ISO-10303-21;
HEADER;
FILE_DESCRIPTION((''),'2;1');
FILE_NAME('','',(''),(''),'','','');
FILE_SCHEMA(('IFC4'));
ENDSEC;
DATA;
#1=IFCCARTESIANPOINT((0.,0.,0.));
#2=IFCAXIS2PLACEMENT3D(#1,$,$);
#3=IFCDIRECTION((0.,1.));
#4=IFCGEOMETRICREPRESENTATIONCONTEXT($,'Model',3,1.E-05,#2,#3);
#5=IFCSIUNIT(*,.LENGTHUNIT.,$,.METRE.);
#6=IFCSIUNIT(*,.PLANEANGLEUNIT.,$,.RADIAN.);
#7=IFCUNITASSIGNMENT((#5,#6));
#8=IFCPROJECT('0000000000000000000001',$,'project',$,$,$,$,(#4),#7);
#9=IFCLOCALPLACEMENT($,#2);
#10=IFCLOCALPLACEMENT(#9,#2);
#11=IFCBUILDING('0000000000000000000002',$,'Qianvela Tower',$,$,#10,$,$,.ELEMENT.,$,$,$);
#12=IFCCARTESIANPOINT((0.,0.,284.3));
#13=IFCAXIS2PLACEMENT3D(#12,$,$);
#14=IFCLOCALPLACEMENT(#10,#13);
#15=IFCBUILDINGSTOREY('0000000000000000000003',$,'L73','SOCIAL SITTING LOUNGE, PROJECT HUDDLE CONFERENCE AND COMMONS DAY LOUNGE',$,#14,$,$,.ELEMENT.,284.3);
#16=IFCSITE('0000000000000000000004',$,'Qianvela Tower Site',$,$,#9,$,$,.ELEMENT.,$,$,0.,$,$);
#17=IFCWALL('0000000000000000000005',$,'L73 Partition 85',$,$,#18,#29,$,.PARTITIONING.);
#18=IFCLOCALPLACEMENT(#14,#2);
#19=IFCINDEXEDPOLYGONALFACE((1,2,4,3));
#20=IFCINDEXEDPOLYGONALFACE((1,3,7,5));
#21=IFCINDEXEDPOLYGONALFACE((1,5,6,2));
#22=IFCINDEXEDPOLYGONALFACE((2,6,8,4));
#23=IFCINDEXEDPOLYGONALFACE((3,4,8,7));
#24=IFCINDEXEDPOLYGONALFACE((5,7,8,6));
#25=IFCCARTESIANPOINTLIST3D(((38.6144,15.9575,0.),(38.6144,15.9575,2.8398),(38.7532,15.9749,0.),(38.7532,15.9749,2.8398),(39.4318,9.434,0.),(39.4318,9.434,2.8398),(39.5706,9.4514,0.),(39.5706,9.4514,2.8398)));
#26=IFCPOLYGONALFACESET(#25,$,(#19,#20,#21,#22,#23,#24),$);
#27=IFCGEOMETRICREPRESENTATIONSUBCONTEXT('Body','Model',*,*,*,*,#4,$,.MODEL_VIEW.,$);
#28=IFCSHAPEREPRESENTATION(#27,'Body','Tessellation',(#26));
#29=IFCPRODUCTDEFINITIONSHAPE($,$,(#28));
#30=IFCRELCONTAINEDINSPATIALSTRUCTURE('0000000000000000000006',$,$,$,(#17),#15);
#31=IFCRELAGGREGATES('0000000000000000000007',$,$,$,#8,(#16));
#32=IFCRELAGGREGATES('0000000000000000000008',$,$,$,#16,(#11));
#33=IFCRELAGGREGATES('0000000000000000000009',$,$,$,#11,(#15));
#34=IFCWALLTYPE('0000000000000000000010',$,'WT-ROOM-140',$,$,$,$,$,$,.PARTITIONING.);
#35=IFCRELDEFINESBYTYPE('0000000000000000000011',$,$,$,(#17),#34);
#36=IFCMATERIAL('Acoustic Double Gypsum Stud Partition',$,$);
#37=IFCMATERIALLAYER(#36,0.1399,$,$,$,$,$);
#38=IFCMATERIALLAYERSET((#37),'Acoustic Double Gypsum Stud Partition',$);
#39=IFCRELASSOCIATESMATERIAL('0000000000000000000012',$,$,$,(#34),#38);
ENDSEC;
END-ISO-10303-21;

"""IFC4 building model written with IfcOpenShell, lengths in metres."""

from ifc_helpers import new_model, si_unit, direction, frame, frame_2d, origin, place, context, subcontext, project, spatial, rectangle, extrude, material, layer, layer_set, type_object, element, save


model = new_model("IFC4")

# Units and contexts
model_context = context("Model", 3, precision=1e-05, world=origin(), true_north=direction((0.0, 1.0)))
body_context = subcontext(model_context, "Body", "Model", "MODEL_VIEW")
ifc_project = project(units=[si_unit("LENGTHUNIT", "METRE"), si_unit("PLANEANGLEUNIT", "RADIAN")], contexts=[model_context])

# Site, building, storey
site_placement = place(None, origin())
site = spatial("IfcSite", under=ifc_project, at=site_placement, Name="Qianvela Tower Site", CompositionType="ELEMENT", RefElevation=0.0)
building_placement = place(site_placement, origin())
building = spatial("IfcBuilding", under=site, at=building_placement, Name="Qianvela Tower", CompositionType="ELEMENT")
storey_placement = place(building_placement, frame((0.0, 0.0, 284.3)))
storey = spatial("IfcBuildingStorey", under=building, at=storey_placement, Name="L73", Description="SOCIAL SITTING LOUNGE, PROJECT HUDDLE CONFERENCE AND COMMONS DAY LOUNGE", CompositionType="ELEMENT", Elevation=284.3)

# Wall
ifc_material_1 = material(Name="Acoustic Double Gypsum Stud Partition")
ifc_layer_1 = layer(ifc_material_1, 0.1399)
ifc_layer_set_1 = layer_set([ifc_layer_1], Name="Acoustic Double Gypsum Stud Partition")
wall_type_1 = type_object("IfcWallType", Name="WT-ROOM-140", PredefinedType="PARTITIONING", material=ifc_layer_set_1)
wall_1_placement = place(storey_placement, frame((38.6838, 15.9661, 0.0), z_axis=(0.0, 0.0, 1.0), x_axis=(0.124327, -0.992241, 0.0)))
element("IfcWall", 1, at=wall_1_placement, inside=storey, type_object=wall_type_1, Name="L73 Partition 85", PredefinedType="PARTITIONING", context=body_context, shape_type="SweptSolid", body=[
    extrude(rectangle(XDim=6.5745, YDim=0.1399, at=frame_2d((3.2871, 0.0))), origin(), (0.0, 0.0, 1.0), 2.8398),
])

save(model, "model.ifc")
